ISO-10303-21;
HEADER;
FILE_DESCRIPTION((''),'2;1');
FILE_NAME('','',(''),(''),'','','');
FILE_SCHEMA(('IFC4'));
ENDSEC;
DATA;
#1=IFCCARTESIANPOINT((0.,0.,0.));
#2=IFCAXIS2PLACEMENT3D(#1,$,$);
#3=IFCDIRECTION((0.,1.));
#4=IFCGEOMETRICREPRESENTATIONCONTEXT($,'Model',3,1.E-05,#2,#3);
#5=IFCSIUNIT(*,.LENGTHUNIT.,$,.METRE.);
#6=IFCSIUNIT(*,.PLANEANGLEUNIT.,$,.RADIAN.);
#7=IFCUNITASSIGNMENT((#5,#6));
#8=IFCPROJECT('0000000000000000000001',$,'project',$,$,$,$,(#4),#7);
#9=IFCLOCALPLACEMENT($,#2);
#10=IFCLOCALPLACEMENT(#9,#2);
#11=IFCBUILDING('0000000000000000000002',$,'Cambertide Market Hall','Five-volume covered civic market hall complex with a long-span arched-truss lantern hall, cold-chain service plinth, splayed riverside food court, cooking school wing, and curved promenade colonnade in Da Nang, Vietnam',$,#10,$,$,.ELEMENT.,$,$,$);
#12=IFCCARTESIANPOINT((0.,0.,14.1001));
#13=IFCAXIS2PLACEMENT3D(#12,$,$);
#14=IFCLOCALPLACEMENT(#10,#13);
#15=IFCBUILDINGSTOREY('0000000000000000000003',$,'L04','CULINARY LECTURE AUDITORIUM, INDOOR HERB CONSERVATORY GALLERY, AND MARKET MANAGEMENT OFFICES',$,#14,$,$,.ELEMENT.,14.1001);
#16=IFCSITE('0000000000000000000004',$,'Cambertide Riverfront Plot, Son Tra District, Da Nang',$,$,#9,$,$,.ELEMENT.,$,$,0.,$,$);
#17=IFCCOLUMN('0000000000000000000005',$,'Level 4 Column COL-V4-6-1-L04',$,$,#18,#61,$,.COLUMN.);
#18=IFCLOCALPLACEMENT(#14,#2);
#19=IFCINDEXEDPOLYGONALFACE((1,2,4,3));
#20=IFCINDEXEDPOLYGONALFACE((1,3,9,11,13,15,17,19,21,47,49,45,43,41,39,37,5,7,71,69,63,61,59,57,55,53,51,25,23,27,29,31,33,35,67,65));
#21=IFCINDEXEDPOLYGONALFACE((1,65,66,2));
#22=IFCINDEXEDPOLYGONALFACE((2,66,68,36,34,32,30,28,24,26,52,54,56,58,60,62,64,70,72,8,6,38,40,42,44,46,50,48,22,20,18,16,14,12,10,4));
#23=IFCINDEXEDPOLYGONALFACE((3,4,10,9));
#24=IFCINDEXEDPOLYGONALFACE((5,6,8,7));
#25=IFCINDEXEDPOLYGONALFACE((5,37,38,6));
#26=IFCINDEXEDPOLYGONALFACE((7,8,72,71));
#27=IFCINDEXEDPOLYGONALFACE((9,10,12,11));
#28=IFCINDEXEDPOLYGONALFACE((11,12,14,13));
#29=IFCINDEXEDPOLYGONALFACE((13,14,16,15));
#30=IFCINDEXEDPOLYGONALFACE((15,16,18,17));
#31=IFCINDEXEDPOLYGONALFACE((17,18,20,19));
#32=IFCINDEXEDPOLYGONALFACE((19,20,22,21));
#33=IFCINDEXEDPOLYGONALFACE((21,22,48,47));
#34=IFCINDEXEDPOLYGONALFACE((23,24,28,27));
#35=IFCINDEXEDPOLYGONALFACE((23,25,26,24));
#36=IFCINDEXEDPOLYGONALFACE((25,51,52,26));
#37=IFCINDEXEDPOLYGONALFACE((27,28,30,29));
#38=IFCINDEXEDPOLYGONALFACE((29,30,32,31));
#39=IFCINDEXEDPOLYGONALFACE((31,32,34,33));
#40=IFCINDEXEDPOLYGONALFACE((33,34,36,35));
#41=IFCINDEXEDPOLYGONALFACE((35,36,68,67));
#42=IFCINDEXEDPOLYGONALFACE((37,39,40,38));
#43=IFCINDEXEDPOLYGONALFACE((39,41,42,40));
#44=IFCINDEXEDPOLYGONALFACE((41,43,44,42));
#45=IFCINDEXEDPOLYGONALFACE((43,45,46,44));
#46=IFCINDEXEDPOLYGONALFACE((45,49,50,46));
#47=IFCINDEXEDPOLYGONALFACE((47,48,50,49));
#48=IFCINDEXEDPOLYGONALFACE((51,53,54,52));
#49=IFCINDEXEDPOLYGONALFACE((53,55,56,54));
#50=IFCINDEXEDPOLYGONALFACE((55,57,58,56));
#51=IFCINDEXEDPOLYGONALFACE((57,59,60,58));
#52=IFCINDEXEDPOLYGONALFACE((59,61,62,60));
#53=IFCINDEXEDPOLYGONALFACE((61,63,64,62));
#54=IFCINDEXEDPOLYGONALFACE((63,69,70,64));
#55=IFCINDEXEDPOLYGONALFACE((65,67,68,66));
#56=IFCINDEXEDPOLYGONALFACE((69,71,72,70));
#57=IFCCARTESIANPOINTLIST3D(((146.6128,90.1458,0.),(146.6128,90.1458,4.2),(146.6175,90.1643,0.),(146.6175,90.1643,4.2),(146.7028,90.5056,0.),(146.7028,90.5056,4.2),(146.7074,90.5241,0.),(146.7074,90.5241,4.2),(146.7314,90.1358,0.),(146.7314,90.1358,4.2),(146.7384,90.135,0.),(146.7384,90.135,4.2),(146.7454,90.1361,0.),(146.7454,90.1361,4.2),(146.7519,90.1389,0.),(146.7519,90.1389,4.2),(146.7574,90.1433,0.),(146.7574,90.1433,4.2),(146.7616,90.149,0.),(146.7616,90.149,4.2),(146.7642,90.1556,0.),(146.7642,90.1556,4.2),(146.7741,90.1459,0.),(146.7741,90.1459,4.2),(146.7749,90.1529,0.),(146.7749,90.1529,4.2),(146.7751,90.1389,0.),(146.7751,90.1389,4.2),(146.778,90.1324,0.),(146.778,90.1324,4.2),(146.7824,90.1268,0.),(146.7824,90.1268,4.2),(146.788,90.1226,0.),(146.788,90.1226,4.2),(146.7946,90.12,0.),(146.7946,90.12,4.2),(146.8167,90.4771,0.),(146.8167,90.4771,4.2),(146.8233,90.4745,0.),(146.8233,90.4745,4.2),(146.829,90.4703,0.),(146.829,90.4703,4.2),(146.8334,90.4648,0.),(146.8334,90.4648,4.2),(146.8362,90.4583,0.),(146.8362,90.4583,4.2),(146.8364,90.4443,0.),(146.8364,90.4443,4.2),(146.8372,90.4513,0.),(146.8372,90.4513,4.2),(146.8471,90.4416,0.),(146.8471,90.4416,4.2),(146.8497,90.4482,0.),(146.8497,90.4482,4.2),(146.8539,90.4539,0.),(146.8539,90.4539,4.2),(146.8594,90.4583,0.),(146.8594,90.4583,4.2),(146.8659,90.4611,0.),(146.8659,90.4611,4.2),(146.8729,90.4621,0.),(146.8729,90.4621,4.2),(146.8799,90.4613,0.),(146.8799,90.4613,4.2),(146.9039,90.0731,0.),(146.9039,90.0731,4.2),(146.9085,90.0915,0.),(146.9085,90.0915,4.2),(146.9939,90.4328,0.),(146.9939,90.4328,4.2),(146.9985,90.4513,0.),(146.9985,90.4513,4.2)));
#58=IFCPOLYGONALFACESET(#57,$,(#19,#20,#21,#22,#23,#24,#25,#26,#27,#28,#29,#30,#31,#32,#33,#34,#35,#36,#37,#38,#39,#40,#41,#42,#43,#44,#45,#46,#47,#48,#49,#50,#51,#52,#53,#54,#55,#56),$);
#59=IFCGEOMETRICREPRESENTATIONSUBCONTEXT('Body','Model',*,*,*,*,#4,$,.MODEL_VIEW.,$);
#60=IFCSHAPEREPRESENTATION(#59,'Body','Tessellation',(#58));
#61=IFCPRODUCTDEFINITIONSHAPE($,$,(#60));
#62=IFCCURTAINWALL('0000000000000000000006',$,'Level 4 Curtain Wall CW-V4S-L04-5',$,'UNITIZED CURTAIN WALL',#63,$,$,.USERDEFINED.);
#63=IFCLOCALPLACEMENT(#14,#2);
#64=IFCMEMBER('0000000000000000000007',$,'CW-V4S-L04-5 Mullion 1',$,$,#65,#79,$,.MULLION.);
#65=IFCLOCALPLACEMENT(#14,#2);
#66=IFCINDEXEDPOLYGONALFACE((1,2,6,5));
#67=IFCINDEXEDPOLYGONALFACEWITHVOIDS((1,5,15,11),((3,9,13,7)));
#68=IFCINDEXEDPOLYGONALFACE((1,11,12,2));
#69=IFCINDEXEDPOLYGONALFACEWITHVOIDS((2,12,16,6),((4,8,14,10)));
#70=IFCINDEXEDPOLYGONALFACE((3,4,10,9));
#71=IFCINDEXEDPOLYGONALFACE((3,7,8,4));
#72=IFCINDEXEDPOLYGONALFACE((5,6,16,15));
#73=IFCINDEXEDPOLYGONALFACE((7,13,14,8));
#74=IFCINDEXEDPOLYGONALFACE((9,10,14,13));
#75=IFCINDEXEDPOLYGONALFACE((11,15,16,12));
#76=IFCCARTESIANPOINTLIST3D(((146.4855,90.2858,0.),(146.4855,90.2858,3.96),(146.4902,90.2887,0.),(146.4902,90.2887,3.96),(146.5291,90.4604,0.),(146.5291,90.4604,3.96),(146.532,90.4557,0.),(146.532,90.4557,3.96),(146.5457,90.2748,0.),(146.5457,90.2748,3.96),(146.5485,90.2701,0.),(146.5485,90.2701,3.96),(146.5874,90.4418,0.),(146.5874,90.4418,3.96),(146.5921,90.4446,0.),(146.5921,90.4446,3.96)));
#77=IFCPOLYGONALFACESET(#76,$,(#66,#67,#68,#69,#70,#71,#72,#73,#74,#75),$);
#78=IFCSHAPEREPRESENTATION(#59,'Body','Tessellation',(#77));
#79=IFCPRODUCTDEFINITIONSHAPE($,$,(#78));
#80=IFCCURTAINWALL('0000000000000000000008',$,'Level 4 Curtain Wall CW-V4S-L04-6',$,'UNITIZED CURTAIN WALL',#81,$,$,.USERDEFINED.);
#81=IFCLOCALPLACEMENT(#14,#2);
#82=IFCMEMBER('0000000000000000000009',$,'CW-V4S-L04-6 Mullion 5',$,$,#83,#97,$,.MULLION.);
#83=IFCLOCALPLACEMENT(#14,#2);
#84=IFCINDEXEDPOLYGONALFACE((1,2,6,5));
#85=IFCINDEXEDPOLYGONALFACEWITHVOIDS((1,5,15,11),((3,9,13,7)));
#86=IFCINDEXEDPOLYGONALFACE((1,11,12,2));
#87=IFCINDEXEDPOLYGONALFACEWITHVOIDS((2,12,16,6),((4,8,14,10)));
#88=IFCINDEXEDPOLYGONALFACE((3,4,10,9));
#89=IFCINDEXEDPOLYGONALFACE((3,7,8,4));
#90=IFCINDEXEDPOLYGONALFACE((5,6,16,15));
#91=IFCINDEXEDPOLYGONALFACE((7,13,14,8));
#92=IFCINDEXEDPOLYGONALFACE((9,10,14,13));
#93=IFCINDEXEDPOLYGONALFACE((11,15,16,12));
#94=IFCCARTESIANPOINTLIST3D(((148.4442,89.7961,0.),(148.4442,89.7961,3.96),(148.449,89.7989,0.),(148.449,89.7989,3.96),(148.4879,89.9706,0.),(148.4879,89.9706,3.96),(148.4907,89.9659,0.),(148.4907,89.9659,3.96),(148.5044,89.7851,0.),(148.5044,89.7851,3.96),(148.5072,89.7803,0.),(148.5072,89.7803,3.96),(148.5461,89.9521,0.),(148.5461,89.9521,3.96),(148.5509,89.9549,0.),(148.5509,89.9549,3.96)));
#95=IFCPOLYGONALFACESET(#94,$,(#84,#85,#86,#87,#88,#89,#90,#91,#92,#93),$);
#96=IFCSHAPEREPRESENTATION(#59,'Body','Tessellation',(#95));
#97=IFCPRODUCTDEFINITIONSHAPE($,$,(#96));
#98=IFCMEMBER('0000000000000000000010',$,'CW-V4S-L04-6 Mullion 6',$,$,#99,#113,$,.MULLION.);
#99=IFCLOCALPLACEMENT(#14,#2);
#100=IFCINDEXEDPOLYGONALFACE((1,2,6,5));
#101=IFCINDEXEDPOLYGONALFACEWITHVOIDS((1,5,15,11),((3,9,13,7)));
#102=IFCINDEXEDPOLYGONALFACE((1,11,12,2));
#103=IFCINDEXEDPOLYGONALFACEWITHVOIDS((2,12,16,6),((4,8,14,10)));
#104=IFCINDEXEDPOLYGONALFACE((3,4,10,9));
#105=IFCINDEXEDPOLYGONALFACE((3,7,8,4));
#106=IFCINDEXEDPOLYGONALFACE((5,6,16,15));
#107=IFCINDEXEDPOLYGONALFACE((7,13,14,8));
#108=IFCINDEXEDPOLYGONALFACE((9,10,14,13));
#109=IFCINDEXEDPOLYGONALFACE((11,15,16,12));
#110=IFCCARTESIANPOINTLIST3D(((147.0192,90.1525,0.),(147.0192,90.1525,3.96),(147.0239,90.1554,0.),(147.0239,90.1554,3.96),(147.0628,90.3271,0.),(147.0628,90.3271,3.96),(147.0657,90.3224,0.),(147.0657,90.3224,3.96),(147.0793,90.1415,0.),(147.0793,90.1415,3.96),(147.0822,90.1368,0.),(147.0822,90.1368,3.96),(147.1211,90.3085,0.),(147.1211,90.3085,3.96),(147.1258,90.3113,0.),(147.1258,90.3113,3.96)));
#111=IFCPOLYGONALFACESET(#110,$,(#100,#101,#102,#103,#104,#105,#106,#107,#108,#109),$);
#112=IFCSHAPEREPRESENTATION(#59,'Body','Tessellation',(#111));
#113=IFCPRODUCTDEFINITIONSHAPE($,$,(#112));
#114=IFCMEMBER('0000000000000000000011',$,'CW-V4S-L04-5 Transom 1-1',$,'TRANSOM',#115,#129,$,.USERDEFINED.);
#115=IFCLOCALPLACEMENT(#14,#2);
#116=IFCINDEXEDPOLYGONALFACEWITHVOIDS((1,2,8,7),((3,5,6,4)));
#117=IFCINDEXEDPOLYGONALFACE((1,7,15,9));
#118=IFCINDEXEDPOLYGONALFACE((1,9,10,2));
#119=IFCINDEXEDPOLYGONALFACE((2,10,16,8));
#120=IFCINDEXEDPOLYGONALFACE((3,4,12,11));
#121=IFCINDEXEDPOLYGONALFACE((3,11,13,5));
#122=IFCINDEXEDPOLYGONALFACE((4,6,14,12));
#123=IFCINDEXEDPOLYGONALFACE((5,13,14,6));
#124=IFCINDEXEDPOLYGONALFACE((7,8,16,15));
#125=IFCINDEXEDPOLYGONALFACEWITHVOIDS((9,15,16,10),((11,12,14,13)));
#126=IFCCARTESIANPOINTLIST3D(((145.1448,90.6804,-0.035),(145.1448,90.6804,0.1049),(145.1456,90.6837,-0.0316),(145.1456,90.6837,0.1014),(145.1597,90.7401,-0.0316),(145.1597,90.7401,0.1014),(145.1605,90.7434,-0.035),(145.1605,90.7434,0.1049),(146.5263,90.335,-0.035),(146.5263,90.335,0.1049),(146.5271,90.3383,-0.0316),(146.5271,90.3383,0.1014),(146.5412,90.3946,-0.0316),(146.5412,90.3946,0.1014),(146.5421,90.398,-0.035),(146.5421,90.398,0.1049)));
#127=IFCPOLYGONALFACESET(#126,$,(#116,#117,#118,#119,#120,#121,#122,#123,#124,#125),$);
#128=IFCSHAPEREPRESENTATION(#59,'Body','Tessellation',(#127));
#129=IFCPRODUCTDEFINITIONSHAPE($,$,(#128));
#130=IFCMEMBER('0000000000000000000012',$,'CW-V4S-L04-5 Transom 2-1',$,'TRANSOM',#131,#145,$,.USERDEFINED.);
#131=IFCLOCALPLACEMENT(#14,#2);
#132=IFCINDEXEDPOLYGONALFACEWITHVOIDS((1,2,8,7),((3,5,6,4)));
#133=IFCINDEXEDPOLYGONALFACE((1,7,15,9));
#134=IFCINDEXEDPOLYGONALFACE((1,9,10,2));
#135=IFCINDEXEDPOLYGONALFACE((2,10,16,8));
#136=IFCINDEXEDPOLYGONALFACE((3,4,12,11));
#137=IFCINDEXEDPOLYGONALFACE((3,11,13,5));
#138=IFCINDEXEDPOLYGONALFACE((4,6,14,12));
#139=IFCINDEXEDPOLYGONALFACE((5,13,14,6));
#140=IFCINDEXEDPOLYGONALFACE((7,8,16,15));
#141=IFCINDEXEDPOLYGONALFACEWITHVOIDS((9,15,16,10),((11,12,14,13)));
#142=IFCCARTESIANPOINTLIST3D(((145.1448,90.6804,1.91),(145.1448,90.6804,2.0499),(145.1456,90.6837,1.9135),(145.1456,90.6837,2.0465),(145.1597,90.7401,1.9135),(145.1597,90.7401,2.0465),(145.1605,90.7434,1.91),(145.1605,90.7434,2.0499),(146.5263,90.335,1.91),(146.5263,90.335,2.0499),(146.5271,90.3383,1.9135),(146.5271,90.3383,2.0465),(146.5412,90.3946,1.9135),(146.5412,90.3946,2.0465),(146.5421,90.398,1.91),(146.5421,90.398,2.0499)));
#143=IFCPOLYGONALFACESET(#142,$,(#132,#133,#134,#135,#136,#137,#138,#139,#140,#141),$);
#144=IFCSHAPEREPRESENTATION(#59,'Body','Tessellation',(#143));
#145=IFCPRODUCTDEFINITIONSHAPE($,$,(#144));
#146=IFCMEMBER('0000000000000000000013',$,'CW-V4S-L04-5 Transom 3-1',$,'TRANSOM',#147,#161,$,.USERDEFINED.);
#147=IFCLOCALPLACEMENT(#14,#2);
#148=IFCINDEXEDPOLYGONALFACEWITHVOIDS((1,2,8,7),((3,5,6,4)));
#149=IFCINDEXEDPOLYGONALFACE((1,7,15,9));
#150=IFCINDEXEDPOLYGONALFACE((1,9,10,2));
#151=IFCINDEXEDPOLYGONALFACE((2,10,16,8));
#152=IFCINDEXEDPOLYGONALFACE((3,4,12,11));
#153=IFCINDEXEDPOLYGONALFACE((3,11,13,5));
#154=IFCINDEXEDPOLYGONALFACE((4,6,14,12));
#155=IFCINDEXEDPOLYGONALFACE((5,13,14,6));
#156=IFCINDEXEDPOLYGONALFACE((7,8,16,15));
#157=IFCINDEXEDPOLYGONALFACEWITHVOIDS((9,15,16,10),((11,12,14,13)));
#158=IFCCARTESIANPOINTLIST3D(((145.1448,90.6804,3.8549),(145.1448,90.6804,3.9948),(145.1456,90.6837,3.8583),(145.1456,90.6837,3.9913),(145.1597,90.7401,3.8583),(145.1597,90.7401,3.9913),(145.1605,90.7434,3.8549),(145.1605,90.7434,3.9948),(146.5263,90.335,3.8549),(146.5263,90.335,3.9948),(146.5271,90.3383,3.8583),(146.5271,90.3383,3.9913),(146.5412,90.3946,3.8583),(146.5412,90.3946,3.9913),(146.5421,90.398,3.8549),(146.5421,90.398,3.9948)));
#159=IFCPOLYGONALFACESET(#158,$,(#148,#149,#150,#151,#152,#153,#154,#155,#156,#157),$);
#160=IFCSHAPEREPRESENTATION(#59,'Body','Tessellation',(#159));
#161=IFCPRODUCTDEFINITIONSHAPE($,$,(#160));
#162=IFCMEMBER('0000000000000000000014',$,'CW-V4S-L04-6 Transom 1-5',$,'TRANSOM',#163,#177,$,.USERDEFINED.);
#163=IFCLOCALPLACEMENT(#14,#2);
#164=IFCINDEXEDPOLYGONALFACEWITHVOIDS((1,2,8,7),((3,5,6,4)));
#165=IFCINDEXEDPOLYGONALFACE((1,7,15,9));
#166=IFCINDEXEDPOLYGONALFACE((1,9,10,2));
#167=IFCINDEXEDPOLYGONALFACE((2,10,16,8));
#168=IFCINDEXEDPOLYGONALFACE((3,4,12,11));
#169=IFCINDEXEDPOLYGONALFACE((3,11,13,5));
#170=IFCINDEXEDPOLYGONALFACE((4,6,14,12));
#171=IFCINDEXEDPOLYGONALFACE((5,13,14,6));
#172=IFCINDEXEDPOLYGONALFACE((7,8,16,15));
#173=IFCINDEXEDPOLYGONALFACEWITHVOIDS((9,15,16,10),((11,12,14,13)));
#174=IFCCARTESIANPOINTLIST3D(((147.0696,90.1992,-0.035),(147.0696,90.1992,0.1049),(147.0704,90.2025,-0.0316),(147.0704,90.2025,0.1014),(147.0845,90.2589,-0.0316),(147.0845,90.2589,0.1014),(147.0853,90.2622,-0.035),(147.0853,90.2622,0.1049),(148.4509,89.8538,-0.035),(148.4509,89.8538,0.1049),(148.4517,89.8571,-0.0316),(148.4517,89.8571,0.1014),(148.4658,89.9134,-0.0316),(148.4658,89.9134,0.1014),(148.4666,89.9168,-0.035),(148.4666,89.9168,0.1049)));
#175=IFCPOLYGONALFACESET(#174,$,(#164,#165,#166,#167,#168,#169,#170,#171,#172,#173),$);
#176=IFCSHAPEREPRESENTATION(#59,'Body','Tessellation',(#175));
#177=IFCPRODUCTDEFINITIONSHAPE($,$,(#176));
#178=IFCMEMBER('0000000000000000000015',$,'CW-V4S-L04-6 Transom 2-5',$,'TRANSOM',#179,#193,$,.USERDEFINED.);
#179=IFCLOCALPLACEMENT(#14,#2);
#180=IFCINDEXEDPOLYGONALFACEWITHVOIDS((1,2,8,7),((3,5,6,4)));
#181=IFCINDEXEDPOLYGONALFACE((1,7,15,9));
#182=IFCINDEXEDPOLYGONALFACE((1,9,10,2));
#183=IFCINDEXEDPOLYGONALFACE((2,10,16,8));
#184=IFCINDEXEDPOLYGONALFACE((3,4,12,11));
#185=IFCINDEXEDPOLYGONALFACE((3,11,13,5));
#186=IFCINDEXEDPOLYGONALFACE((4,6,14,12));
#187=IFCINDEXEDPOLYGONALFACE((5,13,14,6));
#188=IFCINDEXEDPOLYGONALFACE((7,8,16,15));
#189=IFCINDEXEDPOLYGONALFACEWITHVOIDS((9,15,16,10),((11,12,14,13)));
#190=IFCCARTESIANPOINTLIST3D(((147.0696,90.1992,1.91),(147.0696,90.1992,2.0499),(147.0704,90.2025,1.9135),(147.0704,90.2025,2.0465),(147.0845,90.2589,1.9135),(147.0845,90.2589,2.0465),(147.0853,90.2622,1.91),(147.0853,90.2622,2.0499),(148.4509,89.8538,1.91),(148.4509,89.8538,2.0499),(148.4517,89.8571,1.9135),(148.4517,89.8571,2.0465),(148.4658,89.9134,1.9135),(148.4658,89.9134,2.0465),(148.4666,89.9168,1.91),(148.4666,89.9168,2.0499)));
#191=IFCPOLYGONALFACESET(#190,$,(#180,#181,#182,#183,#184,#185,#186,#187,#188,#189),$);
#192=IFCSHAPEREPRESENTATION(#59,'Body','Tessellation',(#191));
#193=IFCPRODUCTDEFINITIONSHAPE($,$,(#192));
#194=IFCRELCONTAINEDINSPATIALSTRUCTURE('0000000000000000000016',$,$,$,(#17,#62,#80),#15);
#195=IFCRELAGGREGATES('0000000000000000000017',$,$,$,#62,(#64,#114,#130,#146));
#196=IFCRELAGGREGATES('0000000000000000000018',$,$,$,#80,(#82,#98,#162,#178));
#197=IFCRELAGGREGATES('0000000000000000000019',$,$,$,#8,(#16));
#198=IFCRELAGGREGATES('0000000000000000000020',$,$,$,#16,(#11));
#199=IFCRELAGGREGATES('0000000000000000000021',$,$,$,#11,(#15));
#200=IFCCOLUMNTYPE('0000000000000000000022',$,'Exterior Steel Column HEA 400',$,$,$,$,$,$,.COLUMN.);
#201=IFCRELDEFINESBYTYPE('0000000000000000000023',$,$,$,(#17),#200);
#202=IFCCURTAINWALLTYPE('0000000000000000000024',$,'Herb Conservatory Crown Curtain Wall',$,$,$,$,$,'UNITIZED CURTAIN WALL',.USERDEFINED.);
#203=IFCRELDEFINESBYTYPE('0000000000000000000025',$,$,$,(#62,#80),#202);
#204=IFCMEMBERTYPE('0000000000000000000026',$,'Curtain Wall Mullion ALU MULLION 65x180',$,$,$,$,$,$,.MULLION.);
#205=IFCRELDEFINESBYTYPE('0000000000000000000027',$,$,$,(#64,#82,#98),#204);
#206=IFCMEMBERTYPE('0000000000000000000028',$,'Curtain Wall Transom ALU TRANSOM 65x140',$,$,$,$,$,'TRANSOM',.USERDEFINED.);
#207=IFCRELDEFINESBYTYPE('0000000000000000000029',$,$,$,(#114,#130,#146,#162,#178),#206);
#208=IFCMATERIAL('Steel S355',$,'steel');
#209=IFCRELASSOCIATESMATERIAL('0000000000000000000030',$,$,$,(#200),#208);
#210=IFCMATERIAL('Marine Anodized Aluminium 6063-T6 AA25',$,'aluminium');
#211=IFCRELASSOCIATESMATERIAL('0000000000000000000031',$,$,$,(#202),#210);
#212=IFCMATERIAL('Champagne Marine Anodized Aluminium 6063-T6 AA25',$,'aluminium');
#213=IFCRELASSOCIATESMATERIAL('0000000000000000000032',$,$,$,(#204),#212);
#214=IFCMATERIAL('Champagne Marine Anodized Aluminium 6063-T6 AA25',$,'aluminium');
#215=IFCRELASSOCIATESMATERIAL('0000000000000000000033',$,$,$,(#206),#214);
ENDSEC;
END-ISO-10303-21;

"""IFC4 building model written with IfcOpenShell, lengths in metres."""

from ifc_helpers import new_model, si_unit, direction, frame, origin, origin_2d, place, context, subcontext, project, spatial, hollow_rectangle, i_section, extrude, material, material_profile, profile_set, type_object, element, aggregate, save


model = new_model("IFC4")

# Units and contexts
model_context = context("Model", 3, precision=1e-05, world=origin(), true_north=direction((0.0, 1.0)))
body_context = subcontext(model_context, "Body", "Model", "MODEL_VIEW")
ifc_project = project(units=[si_unit("LENGTHUNIT", "METRE"), si_unit("PLANEANGLEUNIT", "RADIAN")], contexts=[model_context])

# Site, building, storey
site_placement = place(None, origin())
site = spatial("IfcSite", under=ifc_project, at=site_placement, Name="Cambertide Riverfront Plot, Son Tra District, Da Nang", CompositionType="ELEMENT", RefElevation=0.0)
building_placement = place(site_placement, origin())
building = spatial("IfcBuilding", under=site, at=building_placement, Name="Cambertide Market Hall", Description="Five-volume covered civic market hall complex with a long-span arched-truss lantern hall, cold-chain service plinth, splayed riverside food court, cooking school wing, and curved promenade colonnade in Da Nang, Vietnam", CompositionType="ELEMENT")
storey_placement = place(building_placement, frame((0.0, 0.0, 14.1001)))
storey = spatial("IfcBuildingStorey", under=building, at=storey_placement, Name="L04", Description="CULINARY LECTURE AUDITORIUM, INDOOR HERB CONSERVATORY GALLERY, AND MARKET MANAGEMENT OFFICES", CompositionType="ELEMENT", Elevation=14.1001)

# Column
ifc_material_1 = material(Name="Steel S355", Category="steel")
ifc_material_profile_1 = material_profile(ifc_material_1, i_section(OverallWidth=0.3, OverallDepth=0.3899, WebThickness=0.011, FlangeThickness=0.019, FilletRadius=0.0271, at=origin_2d()), Name="HEA 400")
ifc_profile_set_1 = profile_set([ifc_material_profile_1], Name="Steel S355")
column_type = type_object("IfcColumnType", Name="Exterior Steel Column HEA 400", PredefinedType="COLUMN", material=ifc_profile_set_1)
column_placement = place(storey_placement, frame((146.8057, 90.2986, 0.0), z_axis=(0.0, 0.0, 1.0), x_axis=(0.970143, -0.242536, 0.0)))
element("IfcColumn", 1, at=column_placement, inside=storey, type_object=column_type, Name="Level 4 Column COL-V4-6-1-L04", PredefinedType="COLUMN", context=body_context, shape_type="SweptSolid", body=[
    extrude(i_section(OverallWidth=0.3, OverallDepth=0.3899, WebThickness=0.011, FlangeThickness=0.019, FilletRadius=0.0271, at=origin_2d()), origin(), (0.0, 0.0, 1.0), 4.2),
])

# Curtain wall, member
ifc_material_2 = material(Name="Marine Anodized Aluminium 6063-T6 AA25", Category="aluminium")
curtain_wall_type = type_object("IfcCurtainWallType", Name="Herb Conservatory Crown Curtain Wall", ElementType="UNITIZED CURTAIN WALL", PredefinedType="USERDEFINED", material=ifc_material_2)
curtain_wall_1_placement = place(storey_placement, origin())
curtain_wall_1 = element("IfcCurtainWall", 2, at=curtain_wall_1_placement, inside=storey, type_object=curtain_wall_type, Name="Level 4 Curtain Wall CW-V4S-L04-5", ObjectType="UNITIZED CURTAIN WALL", PredefinedType="USERDEFINED")
ifc_material_3 = material(Name="Champagne Marine Anodized Aluminium 6063-T6 AA25", Category="aluminium")
ifc_material_profile_2 = material_profile(ifc_material_3, hollow_rectangle(XDim=0.0649, YDim=0.1799, WallThickness=0.0039, at=origin_2d()), Name="ALU MULLION 65x180")
ifc_profile_set_2 = profile_set([ifc_material_profile_2], Name="Champagne Marine Anodized Aluminium 6063-T6 AA25")
member_type_1 = type_object("IfcMemberType", Name="Curtain Wall Mullion ALU MULLION 65x180", PredefinedType="MULLION", material=ifc_profile_set_2)
member_1_placement = place(storey_placement, frame((146.5388, 90.3652, 0.0), z_axis=(0.0, 0.0, 1.0), x_axis=(-0.970143, 0.242535, 0.0)))
member_1 = element("IfcMember", 3, at=member_1_placement, type_object=member_type_1, Name="CW-V4S-L04-5 Mullion 1", PredefinedType="MULLION", context=body_context, shape_type="SweptSolid", body=[
    extrude(hollow_rectangle(XDim=0.0649, YDim=0.1799, WallThickness=0.0039, at=origin_2d()), origin(), (0.0, 0.0, 1.0), 3.96),
])

# Curtain wall, members
curtain_wall_2_placement = place(storey_placement, origin())
curtain_wall_2 = element("IfcCurtainWall", 4, at=curtain_wall_2_placement, inside=storey, type_object=curtain_wall_type, Name="Level 4 Curtain Wall CW-V4S-L04-6", ObjectType="UNITIZED CURTAIN WALL", PredefinedType="USERDEFINED")
member_2_placement = place(storey_placement, frame((148.4976, 89.8755, 0.0), z_axis=(0.0, 0.0, 1.0), x_axis=(-0.970143, 0.242535, 0.0)))
member_2 = element("IfcMember", 5, at=member_2_placement, type_object=member_type_1, Name="CW-V4S-L04-6 Mullion 5", PredefinedType="MULLION", context=body_context, shape_type="SweptSolid", body=[
    extrude(hollow_rectangle(XDim=0.0649, YDim=0.1799, WallThickness=0.0039, at=origin_2d()), origin(), (0.0, 0.0, 1.0), 3.96),
])
member_3_placement = place(storey_placement, frame((147.0725, 90.2319, 0.0), z_axis=(0.0, 0.0, 1.0), x_axis=(-0.970143, 0.242535, 0.0)))
member_3 = element("IfcMember", 6, at=member_3_placement, type_object=member_type_1, Name="CW-V4S-L04-6 Mullion 6", PredefinedType="MULLION", context=body_context, shape_type="SweptSolid", body=[
    extrude(hollow_rectangle(XDim=0.0649, YDim=0.1799, WallThickness=0.0039, at=origin_2d()), origin(), (0.0, 0.0, 1.0), 3.96),
])

# Members
ifc_material_4 = material(Name="Champagne Marine Anodized Aluminium 6063-T6 AA25", Category="aluminium")
ifc_material_profile_3 = material_profile(ifc_material_4, hollow_rectangle(XDim=0.0649, YDim=0.1399, WallThickness=0.0034, at=origin_2d()), Name="ALU TRANSOM 65x140")
ifc_profile_set_3 = profile_set([ifc_material_profile_3], Name="Champagne Marine Anodized Aluminium 6063-T6 AA25")
member_type_2 = type_object("IfcMemberType", Name="Curtain Wall Transom ALU TRANSOM 65x140", ElementType="TRANSOM", PredefinedType="USERDEFINED", material=ifc_profile_set_3)
member_4_placement = place(storey_placement, frame((146.5342, 90.3665, 0.0349), z_axis=(-0.970132, 0.242576, 0.0), x_axis=(-0.242576, -0.970132, 0.0)))
member_4 = element("IfcMember", 7, at=member_4_placement, type_object=member_type_2, Name="CW-V4S-L04-5 Transom 1-1", ObjectType="TRANSOM", PredefinedType="USERDEFINED", context=body_context, shape_type="SweptSolid", body=[
    extrude(hollow_rectangle(XDim=0.0649, YDim=0.1399, WallThickness=0.0034, at=origin_2d()), origin(), (0.0, 0.0, 1.0), 1.4241),
])
member_5_placement = place(storey_placement, frame((146.5342, 90.3665, 1.98), z_axis=(-0.970132, 0.242576, 0.0), x_axis=(-0.242576, -0.970132, 0.0)))
member_5 = element("IfcMember", 8, at=member_5_placement, type_object=member_type_2, Name="CW-V4S-L04-5 Transom 2-1", ObjectType="TRANSOM", PredefinedType="USERDEFINED", context=body_context, shape_type="SweptSolid", body=[
    extrude(hollow_rectangle(XDim=0.0649, YDim=0.1399, WallThickness=0.0034, at=origin_2d()), origin(), (0.0, 0.0, 1.0), 1.4241),
])
member_6_placement = place(storey_placement, frame((146.5342, 90.3665, 3.9248), z_axis=(-0.970132, 0.242576, 0.0), x_axis=(-0.242576, -0.970132, 0.0)))
member_6 = element("IfcMember", 9, at=member_6_placement, type_object=member_type_2, Name="CW-V4S-L04-5 Transom 3-1", ObjectType="TRANSOM", PredefinedType="USERDEFINED", context=body_context, shape_type="SweptSolid", body=[
    extrude(hollow_rectangle(XDim=0.0649, YDim=0.1399, WallThickness=0.0034, at=origin_2d()), origin(), (0.0, 0.0, 1.0), 1.4241),
])
aggregate(curtain_wall_1, [member_1, member_4, member_5, member_6])
member_7_placement = place(storey_placement, frame((148.4587, 89.8853, 0.0349), z_axis=(-0.970122, 0.242616, 0.0), x_axis=(-0.242616, -0.970122, 0.0)))
member_7 = element("IfcMember", 10, at=member_7_placement, type_object=member_type_2, Name="CW-V4S-L04-6 Transom 1-5", ObjectType="TRANSOM", PredefinedType="USERDEFINED", context=body_context, shape_type="SweptSolid", body=[
    extrude(hollow_rectangle(XDim=0.0649, YDim=0.1399, WallThickness=0.0034, at=origin_2d()), origin(), (0.0, 0.0, 1.0), 1.4238),
])
member_8_placement = place(storey_placement, frame((148.4587, 89.8853, 1.98), z_axis=(-0.970122, 0.242616, 0.0), x_axis=(-0.242616, -0.970122, 0.0)))
member_8 = element("IfcMember", 11, at=member_8_placement, type_object=member_type_2, Name="CW-V4S-L04-6 Transom 2-5", ObjectType="TRANSOM", PredefinedType="USERDEFINED", context=body_context, shape_type="SweptSolid", body=[
    extrude(hollow_rectangle(XDim=0.0649, YDim=0.1399, WallThickness=0.0034, at=origin_2d()), origin(), (0.0, 0.0, 1.0), 1.4238),
])

aggregate(curtain_wall_2, [member_2, member_3, member_7, member_8])

save(model, "model.ifc")
